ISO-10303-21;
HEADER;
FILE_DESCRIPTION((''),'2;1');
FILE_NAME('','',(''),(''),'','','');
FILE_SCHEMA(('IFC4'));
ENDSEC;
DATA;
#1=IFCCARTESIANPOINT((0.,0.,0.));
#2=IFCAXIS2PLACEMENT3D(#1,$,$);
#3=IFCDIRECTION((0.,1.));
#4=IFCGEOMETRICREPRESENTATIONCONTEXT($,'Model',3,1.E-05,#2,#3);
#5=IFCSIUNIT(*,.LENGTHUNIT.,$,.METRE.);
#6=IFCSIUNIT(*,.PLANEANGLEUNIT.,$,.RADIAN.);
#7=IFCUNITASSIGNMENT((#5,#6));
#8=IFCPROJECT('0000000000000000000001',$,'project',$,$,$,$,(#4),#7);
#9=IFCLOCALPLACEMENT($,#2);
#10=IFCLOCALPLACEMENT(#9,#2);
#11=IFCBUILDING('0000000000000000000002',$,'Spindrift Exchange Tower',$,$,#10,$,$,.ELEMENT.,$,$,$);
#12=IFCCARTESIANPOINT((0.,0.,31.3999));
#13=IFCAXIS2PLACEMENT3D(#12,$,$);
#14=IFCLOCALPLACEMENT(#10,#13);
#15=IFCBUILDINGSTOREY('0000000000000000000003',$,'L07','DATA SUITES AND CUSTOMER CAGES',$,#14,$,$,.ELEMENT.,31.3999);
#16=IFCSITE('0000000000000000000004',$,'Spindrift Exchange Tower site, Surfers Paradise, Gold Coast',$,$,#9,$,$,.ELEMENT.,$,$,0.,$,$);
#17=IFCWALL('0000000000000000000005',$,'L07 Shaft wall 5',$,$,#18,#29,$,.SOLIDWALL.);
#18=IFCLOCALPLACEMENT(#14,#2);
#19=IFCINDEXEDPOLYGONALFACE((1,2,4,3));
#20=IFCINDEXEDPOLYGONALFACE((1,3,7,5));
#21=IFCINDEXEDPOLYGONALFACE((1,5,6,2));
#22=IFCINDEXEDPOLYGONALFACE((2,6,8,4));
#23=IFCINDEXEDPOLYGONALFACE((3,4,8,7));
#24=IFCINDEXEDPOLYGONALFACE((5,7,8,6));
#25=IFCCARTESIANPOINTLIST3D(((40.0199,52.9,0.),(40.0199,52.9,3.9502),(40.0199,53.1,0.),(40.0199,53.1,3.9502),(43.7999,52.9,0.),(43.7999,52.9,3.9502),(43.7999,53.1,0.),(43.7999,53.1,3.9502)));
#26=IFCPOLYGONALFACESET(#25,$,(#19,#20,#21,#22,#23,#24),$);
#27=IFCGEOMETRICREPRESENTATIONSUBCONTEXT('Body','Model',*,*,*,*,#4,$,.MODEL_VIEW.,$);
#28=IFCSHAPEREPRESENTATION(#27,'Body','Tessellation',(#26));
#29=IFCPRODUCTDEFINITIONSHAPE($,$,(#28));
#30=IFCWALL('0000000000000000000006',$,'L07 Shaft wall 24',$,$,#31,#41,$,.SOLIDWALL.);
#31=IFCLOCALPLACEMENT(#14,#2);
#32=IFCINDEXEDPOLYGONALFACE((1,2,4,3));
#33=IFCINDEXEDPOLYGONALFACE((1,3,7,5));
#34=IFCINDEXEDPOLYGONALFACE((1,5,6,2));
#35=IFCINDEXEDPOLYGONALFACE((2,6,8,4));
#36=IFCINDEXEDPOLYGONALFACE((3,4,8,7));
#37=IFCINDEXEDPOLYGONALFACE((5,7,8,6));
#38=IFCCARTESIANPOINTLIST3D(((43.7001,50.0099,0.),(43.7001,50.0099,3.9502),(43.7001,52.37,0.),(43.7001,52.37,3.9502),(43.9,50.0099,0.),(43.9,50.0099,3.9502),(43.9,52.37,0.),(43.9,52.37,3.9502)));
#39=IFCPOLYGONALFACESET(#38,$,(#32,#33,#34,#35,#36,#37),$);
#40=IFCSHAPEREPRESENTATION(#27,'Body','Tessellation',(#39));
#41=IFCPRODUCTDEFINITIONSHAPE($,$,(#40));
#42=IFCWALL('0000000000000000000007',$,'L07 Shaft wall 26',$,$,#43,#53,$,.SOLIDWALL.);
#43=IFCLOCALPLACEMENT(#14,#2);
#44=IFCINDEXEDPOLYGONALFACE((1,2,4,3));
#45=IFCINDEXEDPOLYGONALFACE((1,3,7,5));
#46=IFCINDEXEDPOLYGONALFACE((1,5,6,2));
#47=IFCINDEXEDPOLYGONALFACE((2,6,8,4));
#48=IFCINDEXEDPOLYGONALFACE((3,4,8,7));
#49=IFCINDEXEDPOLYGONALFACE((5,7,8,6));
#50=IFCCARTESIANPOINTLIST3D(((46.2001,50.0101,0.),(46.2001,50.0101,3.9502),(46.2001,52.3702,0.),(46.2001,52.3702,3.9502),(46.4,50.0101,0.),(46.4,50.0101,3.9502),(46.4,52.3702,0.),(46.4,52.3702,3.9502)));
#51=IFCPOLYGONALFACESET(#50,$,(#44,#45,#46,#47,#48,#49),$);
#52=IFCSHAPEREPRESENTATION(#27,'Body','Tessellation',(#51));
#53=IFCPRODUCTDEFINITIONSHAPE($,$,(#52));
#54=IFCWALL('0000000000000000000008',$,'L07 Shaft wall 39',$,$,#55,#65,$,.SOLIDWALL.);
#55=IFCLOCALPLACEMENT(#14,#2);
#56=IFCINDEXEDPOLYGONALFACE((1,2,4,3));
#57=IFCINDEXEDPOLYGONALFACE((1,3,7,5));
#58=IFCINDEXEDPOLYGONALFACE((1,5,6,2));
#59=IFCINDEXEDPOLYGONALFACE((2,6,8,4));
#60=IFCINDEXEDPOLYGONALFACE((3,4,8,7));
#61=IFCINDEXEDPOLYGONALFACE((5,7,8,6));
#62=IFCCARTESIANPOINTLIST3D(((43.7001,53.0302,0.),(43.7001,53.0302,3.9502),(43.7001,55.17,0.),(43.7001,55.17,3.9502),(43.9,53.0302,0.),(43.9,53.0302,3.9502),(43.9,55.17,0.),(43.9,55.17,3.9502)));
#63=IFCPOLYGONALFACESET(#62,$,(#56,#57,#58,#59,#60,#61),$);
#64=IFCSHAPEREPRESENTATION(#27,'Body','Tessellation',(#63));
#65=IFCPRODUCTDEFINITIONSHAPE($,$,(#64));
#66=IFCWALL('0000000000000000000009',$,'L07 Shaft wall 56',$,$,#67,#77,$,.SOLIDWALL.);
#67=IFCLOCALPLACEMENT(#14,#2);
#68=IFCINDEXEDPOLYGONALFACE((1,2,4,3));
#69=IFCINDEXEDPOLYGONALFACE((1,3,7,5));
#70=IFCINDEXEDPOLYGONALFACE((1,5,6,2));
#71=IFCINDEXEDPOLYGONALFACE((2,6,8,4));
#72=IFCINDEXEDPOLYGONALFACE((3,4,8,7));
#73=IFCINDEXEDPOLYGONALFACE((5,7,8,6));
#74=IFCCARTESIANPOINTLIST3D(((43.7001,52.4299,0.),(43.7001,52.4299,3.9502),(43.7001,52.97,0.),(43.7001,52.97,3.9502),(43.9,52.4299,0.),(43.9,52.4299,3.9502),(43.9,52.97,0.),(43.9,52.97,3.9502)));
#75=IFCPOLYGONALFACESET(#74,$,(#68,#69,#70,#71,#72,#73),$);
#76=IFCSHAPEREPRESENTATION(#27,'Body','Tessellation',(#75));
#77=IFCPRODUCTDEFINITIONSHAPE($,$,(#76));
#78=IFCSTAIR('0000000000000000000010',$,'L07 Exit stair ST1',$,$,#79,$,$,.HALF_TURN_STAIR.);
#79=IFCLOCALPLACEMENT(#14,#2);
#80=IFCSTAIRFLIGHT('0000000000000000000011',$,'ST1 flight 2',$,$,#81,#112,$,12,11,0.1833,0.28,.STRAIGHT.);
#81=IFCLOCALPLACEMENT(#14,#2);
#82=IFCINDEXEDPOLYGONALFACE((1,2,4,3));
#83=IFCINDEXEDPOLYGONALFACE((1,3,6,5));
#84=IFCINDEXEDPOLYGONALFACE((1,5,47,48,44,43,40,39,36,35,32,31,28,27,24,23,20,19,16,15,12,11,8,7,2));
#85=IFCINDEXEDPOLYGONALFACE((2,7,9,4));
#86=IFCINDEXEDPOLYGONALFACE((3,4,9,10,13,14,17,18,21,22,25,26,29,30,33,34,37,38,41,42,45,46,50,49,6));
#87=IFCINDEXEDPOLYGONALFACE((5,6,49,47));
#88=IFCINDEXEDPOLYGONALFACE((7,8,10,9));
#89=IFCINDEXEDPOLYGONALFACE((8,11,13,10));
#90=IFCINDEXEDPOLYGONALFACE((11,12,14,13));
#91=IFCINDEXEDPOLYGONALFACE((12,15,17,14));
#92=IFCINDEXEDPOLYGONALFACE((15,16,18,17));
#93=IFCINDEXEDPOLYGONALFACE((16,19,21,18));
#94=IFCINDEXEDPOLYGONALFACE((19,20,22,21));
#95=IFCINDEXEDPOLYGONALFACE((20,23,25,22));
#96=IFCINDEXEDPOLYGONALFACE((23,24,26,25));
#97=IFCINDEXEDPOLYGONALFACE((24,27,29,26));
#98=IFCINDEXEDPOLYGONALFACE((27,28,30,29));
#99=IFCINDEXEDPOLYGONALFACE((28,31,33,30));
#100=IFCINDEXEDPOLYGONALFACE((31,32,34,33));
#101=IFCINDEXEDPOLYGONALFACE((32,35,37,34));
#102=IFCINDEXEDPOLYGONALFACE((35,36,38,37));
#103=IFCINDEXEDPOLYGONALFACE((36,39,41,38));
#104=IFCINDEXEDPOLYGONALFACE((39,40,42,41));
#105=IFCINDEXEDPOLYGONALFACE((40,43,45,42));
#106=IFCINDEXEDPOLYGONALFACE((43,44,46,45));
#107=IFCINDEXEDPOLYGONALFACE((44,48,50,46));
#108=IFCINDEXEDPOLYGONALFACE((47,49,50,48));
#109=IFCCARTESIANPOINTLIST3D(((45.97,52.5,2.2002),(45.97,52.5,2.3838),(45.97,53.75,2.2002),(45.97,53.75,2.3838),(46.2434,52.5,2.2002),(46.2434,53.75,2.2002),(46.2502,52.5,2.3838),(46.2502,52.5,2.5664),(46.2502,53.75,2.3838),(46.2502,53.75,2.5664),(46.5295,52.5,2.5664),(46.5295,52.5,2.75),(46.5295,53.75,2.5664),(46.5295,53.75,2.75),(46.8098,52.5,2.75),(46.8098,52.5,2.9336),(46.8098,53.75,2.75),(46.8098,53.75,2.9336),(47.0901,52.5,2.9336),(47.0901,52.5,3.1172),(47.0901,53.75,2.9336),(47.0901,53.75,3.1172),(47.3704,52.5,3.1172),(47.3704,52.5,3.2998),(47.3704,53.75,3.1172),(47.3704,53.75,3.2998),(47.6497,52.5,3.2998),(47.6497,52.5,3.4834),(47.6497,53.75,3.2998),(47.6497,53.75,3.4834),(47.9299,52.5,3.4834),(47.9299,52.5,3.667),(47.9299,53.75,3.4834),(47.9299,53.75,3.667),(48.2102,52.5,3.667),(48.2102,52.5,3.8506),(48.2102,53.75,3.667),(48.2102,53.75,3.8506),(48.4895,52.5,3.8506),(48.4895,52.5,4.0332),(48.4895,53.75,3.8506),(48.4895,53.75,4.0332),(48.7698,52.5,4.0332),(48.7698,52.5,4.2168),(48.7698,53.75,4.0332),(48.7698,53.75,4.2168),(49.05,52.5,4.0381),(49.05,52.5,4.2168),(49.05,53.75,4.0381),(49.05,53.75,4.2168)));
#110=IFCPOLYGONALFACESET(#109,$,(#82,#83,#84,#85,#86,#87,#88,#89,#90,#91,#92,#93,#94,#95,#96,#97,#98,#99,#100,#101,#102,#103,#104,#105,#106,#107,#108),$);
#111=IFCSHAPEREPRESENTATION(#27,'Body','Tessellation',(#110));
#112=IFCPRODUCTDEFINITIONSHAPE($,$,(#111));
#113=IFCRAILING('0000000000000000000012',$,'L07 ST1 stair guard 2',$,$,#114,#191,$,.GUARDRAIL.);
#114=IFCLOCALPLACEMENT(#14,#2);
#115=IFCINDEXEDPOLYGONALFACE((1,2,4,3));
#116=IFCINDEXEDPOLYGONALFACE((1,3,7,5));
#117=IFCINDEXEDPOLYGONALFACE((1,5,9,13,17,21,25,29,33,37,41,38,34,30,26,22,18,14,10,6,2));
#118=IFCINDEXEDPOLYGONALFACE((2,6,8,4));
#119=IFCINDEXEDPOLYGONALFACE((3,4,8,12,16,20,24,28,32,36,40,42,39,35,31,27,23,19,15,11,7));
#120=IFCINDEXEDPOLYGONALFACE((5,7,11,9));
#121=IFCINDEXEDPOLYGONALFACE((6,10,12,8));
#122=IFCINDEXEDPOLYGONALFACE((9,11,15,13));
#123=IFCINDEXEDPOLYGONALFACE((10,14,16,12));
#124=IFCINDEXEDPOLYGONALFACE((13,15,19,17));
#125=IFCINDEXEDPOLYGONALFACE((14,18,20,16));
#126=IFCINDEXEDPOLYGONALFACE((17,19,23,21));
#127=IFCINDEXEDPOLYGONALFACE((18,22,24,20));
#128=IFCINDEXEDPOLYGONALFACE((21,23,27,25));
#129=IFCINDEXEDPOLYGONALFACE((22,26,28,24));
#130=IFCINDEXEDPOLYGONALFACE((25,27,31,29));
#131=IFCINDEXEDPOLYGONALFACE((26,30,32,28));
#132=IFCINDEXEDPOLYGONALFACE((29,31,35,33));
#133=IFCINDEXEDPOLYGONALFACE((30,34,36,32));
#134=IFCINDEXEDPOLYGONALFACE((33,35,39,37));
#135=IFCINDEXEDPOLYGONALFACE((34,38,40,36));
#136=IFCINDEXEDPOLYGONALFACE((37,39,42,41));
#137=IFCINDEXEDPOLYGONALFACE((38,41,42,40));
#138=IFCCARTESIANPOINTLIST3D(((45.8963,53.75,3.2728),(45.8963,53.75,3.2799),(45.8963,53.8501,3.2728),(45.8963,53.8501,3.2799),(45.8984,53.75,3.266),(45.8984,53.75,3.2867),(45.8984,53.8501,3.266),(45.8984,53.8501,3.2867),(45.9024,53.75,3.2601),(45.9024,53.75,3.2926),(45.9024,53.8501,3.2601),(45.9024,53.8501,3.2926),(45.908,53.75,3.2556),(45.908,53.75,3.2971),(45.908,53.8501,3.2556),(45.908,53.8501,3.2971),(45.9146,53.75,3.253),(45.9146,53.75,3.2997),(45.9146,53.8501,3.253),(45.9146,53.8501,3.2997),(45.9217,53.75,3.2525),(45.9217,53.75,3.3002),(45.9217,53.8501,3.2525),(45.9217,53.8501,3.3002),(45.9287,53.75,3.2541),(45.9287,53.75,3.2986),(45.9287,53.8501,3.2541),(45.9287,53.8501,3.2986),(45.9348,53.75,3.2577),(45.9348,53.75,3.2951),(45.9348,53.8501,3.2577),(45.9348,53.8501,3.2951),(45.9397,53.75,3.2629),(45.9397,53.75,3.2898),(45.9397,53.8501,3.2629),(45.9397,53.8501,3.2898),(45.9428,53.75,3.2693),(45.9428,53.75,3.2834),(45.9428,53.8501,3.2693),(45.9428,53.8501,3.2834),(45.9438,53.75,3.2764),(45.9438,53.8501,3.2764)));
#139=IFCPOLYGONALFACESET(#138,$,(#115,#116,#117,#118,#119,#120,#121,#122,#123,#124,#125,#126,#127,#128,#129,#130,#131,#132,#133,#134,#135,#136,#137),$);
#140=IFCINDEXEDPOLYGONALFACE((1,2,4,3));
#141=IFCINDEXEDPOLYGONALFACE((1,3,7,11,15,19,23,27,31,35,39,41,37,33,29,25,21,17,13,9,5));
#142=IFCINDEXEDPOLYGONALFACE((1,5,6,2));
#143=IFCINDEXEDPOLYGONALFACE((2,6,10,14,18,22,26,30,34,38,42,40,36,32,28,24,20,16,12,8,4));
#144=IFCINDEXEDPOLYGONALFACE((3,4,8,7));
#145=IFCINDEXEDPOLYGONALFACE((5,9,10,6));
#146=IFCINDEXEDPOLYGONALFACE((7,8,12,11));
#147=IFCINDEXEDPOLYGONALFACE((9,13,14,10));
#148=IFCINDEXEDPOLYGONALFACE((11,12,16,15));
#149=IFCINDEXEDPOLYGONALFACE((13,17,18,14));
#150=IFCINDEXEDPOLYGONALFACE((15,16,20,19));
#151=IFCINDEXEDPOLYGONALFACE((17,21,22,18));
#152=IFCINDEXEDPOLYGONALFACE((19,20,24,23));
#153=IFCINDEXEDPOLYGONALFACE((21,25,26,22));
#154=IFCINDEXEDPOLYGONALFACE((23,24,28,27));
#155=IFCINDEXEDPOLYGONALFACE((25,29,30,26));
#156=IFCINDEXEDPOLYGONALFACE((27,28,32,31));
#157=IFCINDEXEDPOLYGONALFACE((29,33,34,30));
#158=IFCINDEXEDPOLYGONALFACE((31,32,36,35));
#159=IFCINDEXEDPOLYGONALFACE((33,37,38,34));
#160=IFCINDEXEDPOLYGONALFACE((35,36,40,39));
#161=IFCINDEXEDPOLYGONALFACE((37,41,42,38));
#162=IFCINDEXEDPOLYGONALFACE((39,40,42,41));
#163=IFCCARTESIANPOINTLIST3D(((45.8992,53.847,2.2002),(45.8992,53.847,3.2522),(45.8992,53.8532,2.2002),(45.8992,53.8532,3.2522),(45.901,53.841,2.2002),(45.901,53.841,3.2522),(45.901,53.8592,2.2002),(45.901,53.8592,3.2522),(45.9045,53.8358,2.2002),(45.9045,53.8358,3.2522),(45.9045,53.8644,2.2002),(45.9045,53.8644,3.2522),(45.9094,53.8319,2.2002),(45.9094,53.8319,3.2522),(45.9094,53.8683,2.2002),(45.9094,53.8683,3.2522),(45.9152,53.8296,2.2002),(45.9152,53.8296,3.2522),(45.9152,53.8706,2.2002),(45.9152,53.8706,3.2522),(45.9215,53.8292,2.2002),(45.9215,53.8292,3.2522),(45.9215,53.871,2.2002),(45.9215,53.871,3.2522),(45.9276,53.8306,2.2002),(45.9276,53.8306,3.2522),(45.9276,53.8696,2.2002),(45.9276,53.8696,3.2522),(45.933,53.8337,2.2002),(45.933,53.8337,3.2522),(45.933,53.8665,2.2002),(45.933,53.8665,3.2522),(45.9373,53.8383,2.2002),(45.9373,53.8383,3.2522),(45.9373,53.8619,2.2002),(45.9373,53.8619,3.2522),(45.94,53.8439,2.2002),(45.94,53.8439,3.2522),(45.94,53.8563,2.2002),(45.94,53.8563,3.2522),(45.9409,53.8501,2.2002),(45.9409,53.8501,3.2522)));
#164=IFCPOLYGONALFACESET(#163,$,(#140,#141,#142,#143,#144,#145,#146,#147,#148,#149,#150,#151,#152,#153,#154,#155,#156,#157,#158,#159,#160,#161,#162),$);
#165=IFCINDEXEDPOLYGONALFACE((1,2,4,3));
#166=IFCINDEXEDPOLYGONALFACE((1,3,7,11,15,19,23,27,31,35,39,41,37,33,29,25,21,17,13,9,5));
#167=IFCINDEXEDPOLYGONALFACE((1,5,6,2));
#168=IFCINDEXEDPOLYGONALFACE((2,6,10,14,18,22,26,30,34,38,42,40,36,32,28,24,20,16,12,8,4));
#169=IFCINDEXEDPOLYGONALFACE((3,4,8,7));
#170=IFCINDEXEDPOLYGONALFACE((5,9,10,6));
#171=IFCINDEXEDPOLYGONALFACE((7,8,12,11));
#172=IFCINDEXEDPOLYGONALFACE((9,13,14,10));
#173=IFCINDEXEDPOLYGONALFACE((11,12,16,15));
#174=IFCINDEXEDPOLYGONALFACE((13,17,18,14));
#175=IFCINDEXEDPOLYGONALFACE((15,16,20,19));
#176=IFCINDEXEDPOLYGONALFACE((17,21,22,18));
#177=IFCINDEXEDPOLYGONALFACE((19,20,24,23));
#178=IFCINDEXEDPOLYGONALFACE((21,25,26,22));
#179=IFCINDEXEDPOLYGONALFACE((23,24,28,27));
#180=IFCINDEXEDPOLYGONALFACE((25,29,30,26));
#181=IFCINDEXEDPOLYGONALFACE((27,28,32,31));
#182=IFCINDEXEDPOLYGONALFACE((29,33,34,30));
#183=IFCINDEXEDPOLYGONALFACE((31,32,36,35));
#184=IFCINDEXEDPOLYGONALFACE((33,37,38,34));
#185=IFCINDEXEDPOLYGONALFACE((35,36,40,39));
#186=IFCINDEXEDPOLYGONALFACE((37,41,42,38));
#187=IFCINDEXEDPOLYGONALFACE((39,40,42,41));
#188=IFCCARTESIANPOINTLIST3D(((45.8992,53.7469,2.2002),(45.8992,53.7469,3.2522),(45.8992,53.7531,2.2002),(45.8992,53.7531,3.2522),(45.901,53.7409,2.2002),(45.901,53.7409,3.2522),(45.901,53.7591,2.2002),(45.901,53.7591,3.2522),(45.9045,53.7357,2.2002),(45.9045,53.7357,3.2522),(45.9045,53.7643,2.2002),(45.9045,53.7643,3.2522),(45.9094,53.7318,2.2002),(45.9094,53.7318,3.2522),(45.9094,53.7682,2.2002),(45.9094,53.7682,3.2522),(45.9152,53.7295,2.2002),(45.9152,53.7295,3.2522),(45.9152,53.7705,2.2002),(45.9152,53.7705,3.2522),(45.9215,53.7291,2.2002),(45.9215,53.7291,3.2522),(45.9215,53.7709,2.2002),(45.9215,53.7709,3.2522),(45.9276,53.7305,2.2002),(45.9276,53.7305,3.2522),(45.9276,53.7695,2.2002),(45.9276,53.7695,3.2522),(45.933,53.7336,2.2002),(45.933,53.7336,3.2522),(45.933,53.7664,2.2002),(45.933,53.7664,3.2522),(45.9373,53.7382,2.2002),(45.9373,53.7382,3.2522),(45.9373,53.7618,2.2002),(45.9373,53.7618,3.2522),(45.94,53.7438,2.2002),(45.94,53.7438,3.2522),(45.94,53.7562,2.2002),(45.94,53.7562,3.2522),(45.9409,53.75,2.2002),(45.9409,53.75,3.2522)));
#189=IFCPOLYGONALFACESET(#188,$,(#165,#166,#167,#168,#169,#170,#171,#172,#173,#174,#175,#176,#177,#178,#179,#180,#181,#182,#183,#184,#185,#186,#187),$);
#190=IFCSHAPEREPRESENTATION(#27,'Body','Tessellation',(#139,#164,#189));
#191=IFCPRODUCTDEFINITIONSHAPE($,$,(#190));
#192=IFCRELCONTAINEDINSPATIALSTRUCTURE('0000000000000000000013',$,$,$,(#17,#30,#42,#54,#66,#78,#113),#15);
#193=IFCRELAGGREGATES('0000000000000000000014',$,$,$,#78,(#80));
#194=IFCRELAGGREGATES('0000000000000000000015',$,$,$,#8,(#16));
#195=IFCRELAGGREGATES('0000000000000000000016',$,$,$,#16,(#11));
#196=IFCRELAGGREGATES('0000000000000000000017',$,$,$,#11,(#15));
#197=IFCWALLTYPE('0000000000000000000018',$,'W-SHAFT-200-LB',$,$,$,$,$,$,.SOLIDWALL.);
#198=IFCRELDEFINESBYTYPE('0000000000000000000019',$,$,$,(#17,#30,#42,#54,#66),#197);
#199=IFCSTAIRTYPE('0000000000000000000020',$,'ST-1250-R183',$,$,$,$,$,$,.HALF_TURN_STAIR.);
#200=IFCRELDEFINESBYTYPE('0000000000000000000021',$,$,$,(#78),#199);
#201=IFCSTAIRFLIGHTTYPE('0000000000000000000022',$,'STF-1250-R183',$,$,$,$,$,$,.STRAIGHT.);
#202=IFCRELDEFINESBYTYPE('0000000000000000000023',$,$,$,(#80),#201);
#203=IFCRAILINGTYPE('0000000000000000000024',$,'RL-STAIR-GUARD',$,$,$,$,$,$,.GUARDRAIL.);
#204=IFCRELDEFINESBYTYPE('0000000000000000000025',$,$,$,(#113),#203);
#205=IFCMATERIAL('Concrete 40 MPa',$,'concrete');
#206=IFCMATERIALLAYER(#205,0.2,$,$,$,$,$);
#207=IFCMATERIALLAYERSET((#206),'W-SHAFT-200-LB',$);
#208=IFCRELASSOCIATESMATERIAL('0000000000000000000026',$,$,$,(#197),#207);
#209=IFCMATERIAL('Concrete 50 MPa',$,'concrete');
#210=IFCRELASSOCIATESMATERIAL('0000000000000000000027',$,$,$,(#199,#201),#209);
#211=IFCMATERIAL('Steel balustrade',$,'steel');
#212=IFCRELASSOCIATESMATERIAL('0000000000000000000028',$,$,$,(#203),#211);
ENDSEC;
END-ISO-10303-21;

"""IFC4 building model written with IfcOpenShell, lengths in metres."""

from ifc_helpers import new_model, si_unit, direction, frame, frame_2d, origin, origin_2d, place, context, subcontext, project, spatial, line, indexed_curve, rectangle, circle, outline, extrude, material, layer, layer_set, type_object, element, aggregate, save


model = new_model("IFC4")

# Units and contexts
model_context = context("Model", 3, precision=1e-05, world=origin(), true_north=direction((0.0, 1.0)))
body_context = subcontext(model_context, "Body", "Model", "MODEL_VIEW")
ifc_project = project(units=[si_unit("LENGTHUNIT", "METRE"), si_unit("PLANEANGLEUNIT", "RADIAN")], contexts=[model_context])

# Site, building, storey
site_placement = place(None, origin())
site = spatial("IfcSite", under=ifc_project, at=site_placement, Name="Spindrift Exchange Tower site, Surfers Paradise, Gold Coast", CompositionType="ELEMENT", RefElevation=0.0)
building_placement = place(site_placement, origin())
building = spatial("IfcBuilding", under=site, at=building_placement, Name="Spindrift Exchange Tower", CompositionType="ELEMENT")
storey_placement = place(building_placement, frame((0.0, 0.0, 31.3999)))
storey = spatial("IfcBuildingStorey", under=building, at=storey_placement, Name="L07", Description="DATA SUITES AND CUSTOMER CAGES", CompositionType="ELEMENT", Elevation=31.3999)

# Walls
ifc_material_1 = material(Name="Concrete 40 MPa", Category="concrete")
ifc_layer_1 = layer(ifc_material_1, 0.2)
ifc_layer_set_1 = layer_set([ifc_layer_1], Name="W-SHAFT-200-LB")
wall_type_1 = type_object("IfcWallType", Name="W-SHAFT-200-LB", PredefinedType="SOLIDWALL", material=ifc_layer_set_1)
wall_1_placement = place(storey_placement, frame((43.8, 53.0, 0.0), z_axis=(0.0, 0.0, 1.0), x_axis=(-1.0, 0.0, 0.0)))
element("IfcWall", 1, at=wall_1_placement, inside=storey, type_object=wall_type_1, Name="L07 Shaft wall 5", PredefinedType="SOLIDWALL", context=body_context, shape_type="SweptSolid", body=[
    extrude(rectangle(XDim=3.78, YDim=0.2, at=frame_2d((1.8901, 0.0))), origin(), (0.0, 0.0, 1.0), 3.9502),
])
for number, where, z_axis, x_axis, name in (
    (2, (43.8, 52.3701, 0.0), (0.0, 0.0, 1.0), (0.0, -1.0, 0.0), "L07 Shaft wall 24"),
    (3, (46.3, 50.01, 0.0), (0.0, 0.0, 1.0), (0.0, 1.0, 0.0), "L07 Shaft wall 26"),
):
    element("IfcWall", number, at=place(storey_placement, frame(where, z_axis=z_axis, x_axis=x_axis)), inside=storey, type_object=wall_type_1, Name=name, PredefinedType="SOLIDWALL", context=body_context, shape_type="SweptSolid", body=[
        extrude(rectangle(XDim=2.3601, YDim=0.2, at=frame_2d((1.1802, 0.0))), origin(), (0.0, 0.0, 1.0), 3.9502),
    ])
wall_2_placement = place(storey_placement, frame((43.8, 55.1699, 0.0), z_axis=(0.0, 0.0, 1.0), x_axis=(0.0, -1.0, 0.0)))
element("IfcWall", 4, at=wall_2_placement, inside=storey, type_object=wall_type_1, Name="L07 Shaft wall 39", PredefinedType="SOLIDWALL", context=body_context, shape_type="SweptSolid", body=[
    extrude(rectangle(XDim=2.1399, YDim=0.2, at=frame_2d((1.0698, 0.0))), origin(), (0.0, 0.0, 1.0), 3.9502),
])
wall_3_placement = place(storey_placement, frame((43.8, 52.4299, 0.0), z_axis=(0.0, 0.0, 1.0), x_axis=(0.0, 1.0, 0.0)))
element("IfcWall", 5, at=wall_3_placement, inside=storey, type_object=wall_type_1, Name="L07 Shaft wall 56", PredefinedType="SOLIDWALL", context=body_context, shape_type="SweptSolid", body=[
    extrude(rectangle(XDim=0.54, YDim=0.2, at=frame_2d((0.27, 0.0))), origin(), (0.0, 0.0, 1.0), 3.9502),
])

# Stair, stair flight
ifc_material_2 = material(Name="Concrete 50 MPa", Category="concrete")
stair_type = type_object("IfcStairType", Name="ST-1250-R183", PredefinedType="HALF_TURN_STAIR", material=ifc_material_2)
stair_placement = place(storey_placement, origin())
stair = element("IfcStair", 6, at=stair_placement, inside=storey, type_object=stair_type, Name="L07 Exit stair ST1", PredefinedType="HALF_TURN_STAIR")
stair_flight_type = type_object("IfcStairFlightType", Name="STF-1250-R183", PredefinedType="STRAIGHT", material=ifc_material_2)
stair_flight_placement = place(storey_placement, frame((45.97, 53.125, 2.2002), z_axis=(0.0, 0.0, 1.0), x_axis=(1.0, 0.0, 0.0)))
stair_flight = element("IfcStairFlight", 7, at=stair_flight_placement, type_object=stair_flight_type, Name="ST1 flight 2", NumberOfRisers=12, NumberOfTreads=11, PredefinedType="STRAIGHT", RiserHeight=0.1833, TreadLength=0.28, context=body_context, shape_type="SweptSolid", body=[
    extrude(outline(indexed_curve([(0.0, 0.0), (0.0, 0.1836), (0.2803, 0.1836), (0.2803, 0.3662), (0.5596, 0.3662), (0.5596, 0.5498), (0.8398, 0.5498), (0.8398, 0.7334), (1.1201, 0.7334), (1.1201, 0.917), (1.4004, 0.917), (1.4004, 1.0996), (1.6797, 1.0996), (1.6797, 1.2832), (1.96, 1.2832), (1.96, 1.4668), (2.2402, 1.4668), (2.2402, 1.6504), (2.5195, 1.6504), (2.5195, 1.833), (2.7998, 1.833), (2.7998, 2.0166), (3.0801, 2.0166), (3.0801, 2.2002), (3.0801, 1.8379), (0.2734, 0.0)], segments=[line(1, 2, 3, 4, 5, 6, 7, 8, 9, 10, 11, 12, 13, 14, 15, 16, 17, 18, 19, 20, 21, 22, 23, 24, 25, 26, 1)], self_intersect=False)), frame((0.0, 0.625, 0.0), z_axis=(0.0, -1.0, 0.0), x_axis=(1.0, 0.0, 0.0)), (0.0, 0.0, 1.0), 1.25),
])
aggregate(stair, [stair_flight])

# Railing
ifc_material_3 = material(Name="Steel balustrade", Category="steel")
railing_type_1 = type_object("IfcRailingType", Name="RL-STAIR-GUARD", PredefinedType="GUARDRAIL", material=ifc_material_3)
railing_1_placement = place(storey_placement, frame((45.9199, 53.8501, 2.2002)))
element("IfcRailing", 8, at=railing_1_placement, inside=storey, type_object=railing_type_1, Name="L07 ST1 stair guard 2", PredefinedType="GUARDRAIL", context=body_context, shape_type="SweptSolid", body=[
    extrude(circle(Radius=0.0239, at=origin_2d()), frame((0.0, 0.0, 1.0762), z_axis=(0.0, -1.0, 0.0), x_axis=(1.0, 0.0, 0.0)), (0.0, 0.0, 1.0), 0.1001),
    extrude(circle(Radius=0.021, at=origin_2d()), origin(), (0.0, 0.0, 1.0), 1.052),
    extrude(circle(Radius=0.021, at=origin_2d()), frame((0.0, -0.1001, 0.0)), (0.0, 0.0, 1.0), 1.052),
])

save(model, "model.ifc")
